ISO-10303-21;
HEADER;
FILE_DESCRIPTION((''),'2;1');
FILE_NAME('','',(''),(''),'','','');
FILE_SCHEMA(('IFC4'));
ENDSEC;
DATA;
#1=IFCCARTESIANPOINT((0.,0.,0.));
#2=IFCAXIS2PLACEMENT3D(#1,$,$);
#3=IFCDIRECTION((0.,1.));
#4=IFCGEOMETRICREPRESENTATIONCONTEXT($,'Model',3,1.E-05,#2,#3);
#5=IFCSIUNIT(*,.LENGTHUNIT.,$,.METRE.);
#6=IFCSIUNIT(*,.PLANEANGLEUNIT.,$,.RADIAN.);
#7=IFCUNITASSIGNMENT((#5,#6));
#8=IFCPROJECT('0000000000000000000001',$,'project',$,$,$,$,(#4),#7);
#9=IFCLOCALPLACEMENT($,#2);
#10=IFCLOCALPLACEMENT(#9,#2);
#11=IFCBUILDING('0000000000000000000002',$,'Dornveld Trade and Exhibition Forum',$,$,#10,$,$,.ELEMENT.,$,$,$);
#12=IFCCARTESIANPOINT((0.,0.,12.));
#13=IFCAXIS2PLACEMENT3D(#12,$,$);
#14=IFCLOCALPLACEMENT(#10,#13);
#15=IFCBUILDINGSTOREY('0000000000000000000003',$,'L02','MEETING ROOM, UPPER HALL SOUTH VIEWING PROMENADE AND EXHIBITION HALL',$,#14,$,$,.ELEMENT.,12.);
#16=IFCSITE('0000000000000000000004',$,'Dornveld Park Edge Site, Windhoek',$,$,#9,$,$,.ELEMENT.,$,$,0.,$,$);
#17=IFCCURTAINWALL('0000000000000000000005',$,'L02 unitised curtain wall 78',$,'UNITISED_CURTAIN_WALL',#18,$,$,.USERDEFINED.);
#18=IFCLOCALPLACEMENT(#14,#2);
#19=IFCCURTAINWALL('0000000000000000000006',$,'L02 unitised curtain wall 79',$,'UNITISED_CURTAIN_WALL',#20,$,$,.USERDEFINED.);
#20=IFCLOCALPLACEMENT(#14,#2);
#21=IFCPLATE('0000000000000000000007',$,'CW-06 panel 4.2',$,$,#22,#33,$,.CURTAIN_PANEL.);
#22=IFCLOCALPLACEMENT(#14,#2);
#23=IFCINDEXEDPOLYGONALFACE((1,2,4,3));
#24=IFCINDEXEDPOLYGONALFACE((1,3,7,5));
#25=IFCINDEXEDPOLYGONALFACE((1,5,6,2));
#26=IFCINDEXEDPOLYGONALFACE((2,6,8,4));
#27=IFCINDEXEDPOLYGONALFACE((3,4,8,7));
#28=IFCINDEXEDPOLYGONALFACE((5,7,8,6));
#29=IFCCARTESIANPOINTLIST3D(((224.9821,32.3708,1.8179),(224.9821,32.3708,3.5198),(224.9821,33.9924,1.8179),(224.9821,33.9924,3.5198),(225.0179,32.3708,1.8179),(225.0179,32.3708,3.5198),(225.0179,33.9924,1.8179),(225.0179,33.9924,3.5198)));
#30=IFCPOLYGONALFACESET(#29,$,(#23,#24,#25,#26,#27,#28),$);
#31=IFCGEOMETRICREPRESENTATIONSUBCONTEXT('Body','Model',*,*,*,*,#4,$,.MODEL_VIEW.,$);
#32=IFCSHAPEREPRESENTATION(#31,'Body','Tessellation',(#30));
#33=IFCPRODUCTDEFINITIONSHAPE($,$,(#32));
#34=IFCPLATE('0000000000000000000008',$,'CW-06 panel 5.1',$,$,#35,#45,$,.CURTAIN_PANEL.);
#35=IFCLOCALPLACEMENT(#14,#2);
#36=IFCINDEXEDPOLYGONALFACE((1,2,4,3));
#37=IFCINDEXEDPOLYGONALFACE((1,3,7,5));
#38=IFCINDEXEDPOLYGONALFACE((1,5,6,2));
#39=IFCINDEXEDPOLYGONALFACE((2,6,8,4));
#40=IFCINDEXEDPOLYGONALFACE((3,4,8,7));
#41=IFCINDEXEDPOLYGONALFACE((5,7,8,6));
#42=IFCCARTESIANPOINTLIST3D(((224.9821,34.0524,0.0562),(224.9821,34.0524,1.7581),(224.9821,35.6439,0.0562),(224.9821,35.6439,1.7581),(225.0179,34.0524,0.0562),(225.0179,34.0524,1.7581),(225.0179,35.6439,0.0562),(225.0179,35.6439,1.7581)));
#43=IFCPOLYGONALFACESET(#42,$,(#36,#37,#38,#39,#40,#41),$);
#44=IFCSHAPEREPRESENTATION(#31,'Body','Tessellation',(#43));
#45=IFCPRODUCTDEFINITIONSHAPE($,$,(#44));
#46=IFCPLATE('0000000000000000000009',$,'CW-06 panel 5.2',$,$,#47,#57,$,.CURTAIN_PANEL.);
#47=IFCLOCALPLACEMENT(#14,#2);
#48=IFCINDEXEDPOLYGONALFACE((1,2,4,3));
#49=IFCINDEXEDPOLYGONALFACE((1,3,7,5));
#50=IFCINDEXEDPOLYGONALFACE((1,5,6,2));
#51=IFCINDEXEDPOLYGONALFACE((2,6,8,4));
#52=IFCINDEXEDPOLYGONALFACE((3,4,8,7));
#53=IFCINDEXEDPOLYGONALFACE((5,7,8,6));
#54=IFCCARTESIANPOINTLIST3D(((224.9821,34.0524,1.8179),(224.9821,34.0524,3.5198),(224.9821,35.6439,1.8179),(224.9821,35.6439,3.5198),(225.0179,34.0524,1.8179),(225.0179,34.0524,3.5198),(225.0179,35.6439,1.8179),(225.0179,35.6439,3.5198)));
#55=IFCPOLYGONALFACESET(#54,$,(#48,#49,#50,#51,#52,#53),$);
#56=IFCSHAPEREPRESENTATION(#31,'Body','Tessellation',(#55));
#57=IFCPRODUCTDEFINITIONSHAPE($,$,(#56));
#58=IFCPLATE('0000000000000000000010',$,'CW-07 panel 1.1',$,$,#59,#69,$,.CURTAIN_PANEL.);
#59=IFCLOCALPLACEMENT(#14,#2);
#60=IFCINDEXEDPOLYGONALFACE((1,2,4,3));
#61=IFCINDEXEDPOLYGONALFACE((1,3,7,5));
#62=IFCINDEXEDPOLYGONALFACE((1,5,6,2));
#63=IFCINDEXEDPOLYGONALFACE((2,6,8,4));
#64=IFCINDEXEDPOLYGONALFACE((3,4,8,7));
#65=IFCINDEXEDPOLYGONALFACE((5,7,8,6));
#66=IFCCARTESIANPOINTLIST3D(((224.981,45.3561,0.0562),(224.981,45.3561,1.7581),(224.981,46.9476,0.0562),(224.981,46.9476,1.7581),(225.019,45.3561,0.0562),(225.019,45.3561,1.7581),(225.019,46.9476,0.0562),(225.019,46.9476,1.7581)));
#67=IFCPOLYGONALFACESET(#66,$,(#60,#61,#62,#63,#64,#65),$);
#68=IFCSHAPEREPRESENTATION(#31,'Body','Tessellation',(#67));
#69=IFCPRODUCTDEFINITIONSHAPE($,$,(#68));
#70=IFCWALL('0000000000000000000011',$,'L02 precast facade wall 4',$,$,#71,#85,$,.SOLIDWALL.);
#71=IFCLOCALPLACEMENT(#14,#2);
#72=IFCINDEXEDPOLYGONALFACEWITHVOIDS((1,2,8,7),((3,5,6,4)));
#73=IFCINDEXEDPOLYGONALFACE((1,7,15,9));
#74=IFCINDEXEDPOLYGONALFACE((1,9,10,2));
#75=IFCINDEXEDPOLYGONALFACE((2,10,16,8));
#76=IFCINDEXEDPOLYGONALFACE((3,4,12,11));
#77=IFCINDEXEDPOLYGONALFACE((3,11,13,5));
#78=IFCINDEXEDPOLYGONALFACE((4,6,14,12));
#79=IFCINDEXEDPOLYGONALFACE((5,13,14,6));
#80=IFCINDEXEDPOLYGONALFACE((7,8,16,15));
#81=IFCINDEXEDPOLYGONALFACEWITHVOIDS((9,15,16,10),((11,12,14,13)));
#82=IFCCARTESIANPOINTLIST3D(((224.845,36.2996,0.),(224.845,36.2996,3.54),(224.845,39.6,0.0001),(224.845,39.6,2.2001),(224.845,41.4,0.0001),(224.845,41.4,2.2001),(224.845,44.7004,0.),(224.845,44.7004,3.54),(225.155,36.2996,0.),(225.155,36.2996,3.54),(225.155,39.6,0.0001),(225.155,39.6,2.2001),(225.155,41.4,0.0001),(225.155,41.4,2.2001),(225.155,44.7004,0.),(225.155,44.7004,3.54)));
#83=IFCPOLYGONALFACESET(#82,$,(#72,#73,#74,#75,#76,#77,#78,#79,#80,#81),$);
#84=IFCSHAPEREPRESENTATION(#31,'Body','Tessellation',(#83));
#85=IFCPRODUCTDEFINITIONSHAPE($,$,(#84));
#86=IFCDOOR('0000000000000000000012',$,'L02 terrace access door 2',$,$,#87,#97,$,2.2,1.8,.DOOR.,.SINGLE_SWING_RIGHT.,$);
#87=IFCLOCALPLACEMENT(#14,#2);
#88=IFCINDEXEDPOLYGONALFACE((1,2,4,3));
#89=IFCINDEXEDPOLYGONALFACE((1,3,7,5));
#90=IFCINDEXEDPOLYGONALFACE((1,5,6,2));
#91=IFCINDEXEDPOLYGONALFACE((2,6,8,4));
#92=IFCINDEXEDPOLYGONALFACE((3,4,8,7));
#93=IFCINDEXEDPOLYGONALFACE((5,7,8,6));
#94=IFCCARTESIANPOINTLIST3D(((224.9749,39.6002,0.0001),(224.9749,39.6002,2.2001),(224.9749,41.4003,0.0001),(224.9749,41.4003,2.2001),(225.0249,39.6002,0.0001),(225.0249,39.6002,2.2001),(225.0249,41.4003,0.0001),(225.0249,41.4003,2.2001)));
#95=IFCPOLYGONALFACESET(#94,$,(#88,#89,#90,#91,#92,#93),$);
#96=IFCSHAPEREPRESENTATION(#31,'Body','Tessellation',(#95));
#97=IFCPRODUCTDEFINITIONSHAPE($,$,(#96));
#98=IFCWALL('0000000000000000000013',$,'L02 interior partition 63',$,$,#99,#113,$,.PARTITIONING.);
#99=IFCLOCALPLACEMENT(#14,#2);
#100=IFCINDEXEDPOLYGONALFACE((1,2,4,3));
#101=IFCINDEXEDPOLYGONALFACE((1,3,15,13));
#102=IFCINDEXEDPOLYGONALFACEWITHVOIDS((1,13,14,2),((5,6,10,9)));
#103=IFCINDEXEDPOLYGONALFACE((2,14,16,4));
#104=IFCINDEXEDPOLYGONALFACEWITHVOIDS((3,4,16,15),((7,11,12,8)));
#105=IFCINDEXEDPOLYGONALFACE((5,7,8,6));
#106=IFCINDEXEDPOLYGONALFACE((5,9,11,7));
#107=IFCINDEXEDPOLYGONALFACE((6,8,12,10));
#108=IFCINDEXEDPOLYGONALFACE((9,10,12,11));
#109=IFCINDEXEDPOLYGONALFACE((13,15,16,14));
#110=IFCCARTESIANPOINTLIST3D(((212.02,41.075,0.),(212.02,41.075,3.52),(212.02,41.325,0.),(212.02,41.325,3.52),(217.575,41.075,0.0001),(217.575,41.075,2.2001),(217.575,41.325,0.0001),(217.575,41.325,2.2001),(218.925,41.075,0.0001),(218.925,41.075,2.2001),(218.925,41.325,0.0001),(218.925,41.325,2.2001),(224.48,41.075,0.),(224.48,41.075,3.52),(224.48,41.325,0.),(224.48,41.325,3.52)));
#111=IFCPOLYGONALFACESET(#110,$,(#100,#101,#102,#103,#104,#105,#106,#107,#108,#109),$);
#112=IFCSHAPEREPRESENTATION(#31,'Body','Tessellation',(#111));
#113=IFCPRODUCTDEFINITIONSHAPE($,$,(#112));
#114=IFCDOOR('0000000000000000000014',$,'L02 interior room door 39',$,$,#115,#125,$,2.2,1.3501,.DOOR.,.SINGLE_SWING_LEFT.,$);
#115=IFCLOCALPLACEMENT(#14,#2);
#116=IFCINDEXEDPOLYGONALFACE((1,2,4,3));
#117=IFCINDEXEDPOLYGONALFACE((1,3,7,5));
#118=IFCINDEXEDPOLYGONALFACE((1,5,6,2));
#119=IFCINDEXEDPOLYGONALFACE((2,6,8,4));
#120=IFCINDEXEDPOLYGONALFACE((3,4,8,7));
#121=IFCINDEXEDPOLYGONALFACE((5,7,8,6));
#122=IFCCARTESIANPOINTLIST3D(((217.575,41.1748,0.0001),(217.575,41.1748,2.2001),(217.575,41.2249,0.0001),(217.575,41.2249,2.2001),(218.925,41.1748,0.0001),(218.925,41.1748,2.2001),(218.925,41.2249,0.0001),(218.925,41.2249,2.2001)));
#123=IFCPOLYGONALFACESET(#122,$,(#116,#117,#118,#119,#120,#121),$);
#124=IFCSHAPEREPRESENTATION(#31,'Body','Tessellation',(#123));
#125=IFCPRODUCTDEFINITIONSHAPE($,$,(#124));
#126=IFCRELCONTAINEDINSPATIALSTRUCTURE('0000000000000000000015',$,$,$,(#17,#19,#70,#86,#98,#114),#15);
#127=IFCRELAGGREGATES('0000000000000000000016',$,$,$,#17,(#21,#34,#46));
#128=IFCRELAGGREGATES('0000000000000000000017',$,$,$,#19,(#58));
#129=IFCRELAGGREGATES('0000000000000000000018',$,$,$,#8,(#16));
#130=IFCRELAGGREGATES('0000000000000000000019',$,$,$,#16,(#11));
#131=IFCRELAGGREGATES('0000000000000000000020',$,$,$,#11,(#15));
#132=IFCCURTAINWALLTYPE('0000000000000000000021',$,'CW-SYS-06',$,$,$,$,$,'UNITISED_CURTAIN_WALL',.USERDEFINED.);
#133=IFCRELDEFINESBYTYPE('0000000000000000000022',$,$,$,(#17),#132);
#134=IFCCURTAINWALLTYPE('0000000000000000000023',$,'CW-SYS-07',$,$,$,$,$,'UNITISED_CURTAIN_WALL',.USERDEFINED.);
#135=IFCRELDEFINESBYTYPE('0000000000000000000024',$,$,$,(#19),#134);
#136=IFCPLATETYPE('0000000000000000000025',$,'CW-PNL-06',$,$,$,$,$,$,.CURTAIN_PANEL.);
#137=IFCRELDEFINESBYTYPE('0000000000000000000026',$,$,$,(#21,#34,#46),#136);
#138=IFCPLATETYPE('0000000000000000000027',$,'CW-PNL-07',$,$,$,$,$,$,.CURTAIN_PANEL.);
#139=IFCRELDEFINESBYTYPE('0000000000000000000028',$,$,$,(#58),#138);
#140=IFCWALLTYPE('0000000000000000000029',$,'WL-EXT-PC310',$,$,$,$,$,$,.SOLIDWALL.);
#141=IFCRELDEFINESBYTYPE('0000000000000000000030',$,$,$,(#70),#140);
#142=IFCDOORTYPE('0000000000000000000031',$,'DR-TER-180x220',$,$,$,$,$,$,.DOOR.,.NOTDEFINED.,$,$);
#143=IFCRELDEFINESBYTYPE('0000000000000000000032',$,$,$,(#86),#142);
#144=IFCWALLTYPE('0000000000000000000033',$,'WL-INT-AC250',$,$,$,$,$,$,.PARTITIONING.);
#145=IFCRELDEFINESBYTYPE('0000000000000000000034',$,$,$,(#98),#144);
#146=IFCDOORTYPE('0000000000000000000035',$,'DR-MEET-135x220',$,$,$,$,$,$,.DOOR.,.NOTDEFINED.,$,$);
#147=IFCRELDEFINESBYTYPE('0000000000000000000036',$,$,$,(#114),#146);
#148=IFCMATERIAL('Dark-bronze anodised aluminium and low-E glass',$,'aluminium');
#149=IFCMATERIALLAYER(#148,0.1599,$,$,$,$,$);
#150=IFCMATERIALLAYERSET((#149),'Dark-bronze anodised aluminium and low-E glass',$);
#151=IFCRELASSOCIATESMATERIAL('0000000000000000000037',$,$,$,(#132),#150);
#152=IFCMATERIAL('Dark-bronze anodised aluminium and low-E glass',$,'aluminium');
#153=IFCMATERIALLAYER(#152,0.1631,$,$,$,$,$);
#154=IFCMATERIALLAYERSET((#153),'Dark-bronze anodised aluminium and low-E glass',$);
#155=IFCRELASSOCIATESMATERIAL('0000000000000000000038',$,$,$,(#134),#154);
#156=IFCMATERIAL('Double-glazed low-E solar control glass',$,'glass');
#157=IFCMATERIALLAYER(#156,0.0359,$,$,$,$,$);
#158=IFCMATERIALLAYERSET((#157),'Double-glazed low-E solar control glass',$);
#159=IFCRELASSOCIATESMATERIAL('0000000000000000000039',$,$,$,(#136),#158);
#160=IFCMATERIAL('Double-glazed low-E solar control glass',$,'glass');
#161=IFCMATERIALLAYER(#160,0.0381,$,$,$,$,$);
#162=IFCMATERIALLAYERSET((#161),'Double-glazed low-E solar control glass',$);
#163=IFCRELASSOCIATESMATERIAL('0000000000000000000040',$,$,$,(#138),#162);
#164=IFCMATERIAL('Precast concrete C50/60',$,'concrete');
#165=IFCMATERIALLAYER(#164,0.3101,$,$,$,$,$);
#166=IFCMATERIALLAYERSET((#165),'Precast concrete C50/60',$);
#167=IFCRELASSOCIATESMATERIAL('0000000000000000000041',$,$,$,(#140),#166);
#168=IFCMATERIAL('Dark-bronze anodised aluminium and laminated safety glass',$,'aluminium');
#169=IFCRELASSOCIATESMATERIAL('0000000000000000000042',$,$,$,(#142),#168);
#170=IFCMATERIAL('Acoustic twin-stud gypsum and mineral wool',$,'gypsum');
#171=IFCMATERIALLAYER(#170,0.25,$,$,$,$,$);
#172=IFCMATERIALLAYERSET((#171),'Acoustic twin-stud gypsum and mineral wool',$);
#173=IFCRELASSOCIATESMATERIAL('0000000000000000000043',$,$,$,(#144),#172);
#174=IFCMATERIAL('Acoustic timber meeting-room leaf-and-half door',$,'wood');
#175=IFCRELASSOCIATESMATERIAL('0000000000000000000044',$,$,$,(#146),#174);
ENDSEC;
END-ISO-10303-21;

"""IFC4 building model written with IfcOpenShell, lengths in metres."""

from ifc_helpers import new_model, si_unit, direction, frame, frame_2d, origin, origin_2d, place, context, subcontext, project, spatial, rectangle, extrude, material, layer, layer_set, type_object, element, fill, aggregate, save


model = new_model("IFC4")

# Units and contexts
model_context = context("Model", 3, precision=1e-05, world=origin(), true_north=direction((0.0, 1.0)))
body_context = subcontext(model_context, "Body", "Model", "MODEL_VIEW")
ifc_project = project(units=[si_unit("LENGTHUNIT", "METRE"), si_unit("PLANEANGLEUNIT", "RADIAN")], contexts=[model_context])

# Site, building, storey
site_placement = place(None, origin())
site = spatial("IfcSite", under=ifc_project, at=site_placement, Name="Dornveld Park Edge Site, Windhoek", CompositionType="ELEMENT", RefElevation=0.0)
building_placement = place(site_placement, origin())
building = spatial("IfcBuilding", under=site, at=building_placement, Name="Dornveld Trade and Exhibition Forum", CompositionType="ELEMENT")
storey_placement = place(building_placement, frame((0.0, 0.0, 12.0)))
storey = spatial("IfcBuildingStorey", under=building, at=storey_placement, Name="L02", Description="MEETING ROOM, UPPER HALL SOUTH VIEWING PROMENADE AND EXHIBITION HALL", CompositionType="ELEMENT", Elevation=12.0)

# Curtain wall
ifc_material_1 = material(Name="Dark-bronze anodised aluminium and low-E glass", Category="aluminium")
ifc_layer_1 = layer(ifc_material_1, 0.1599)
ifc_layer_set_1 = layer_set([ifc_layer_1], Name="Dark-bronze anodised aluminium and low-E glass")
curtain_wall_type_1 = type_object("IfcCurtainWallType", Name="CW-SYS-06", ElementType="UNITISED_CURTAIN_WALL", PredefinedType="USERDEFINED", material=ifc_layer_set_1)
curtain_wall_1_placement = place(storey_placement, origin())
curtain_wall_1 = element("IfcCurtainWall", 1, at=curtain_wall_1_placement, inside=storey, type_object=curtain_wall_type_1, Name="L02 unitised curtain wall 78", ObjectType="UNITISED_CURTAIN_WALL", PredefinedType="USERDEFINED")

# Curtain wall
ifc_material_2 = material(Name="Dark-bronze anodised aluminium and low-E glass", Category="aluminium")
ifc_layer_2 = layer(ifc_material_2, 0.1631)
ifc_layer_set_2 = layer_set([ifc_layer_2], Name="Dark-bronze anodised aluminium and low-E glass")
curtain_wall_type_2 = type_object("IfcCurtainWallType", Name="CW-SYS-07", ElementType="UNITISED_CURTAIN_WALL", PredefinedType="USERDEFINED", material=ifc_layer_set_2)
curtain_wall_2_placement = place(storey_placement, origin())
curtain_wall_2 = element("IfcCurtainWall", 2, at=curtain_wall_2_placement, inside=storey, type_object=curtain_wall_type_2, Name="L02 unitised curtain wall 79", ObjectType="UNITISED_CURTAIN_WALL", PredefinedType="USERDEFINED")

# Plates
ifc_material_3 = material(Name="Double-glazed low-E solar control glass", Category="glass")
ifc_layer_3 = layer(ifc_material_3, 0.0359)
ifc_layer_set_3 = layer_set([ifc_layer_3], Name="Double-glazed low-E solar control glass")
plate_type_1 = type_object("IfcPlateType", Name="CW-PNL-06", PredefinedType="CURTAIN_PANEL", material=ifc_layer_set_3)
plate_1_placement = place(storey_placement, frame((225.0, 33.1816, 1.8179), z_axis=(0.0, 0.0, 1.0), x_axis=(0.0, 1.0, 0.0)))
plate_1 = element("IfcPlate", 3, at=plate_1_placement, type_object=plate_type_1, Name="CW-06 panel 4.2", PredefinedType="CURTAIN_PANEL", context=body_context, shape_type="SweptSolid", body=[
    extrude(rectangle(XDim=1.6216, YDim=0.0359, at=origin_2d()), origin(), (0.0, 0.0, 1.0), 1.7019),
])
plate_2_placement = place(storey_placement, frame((225.0, 34.8481, 0.0562), z_axis=(0.0, 0.0, 1.0), x_axis=(0.0, 1.0, 0.0)))
plate_2 = element("IfcPlate", 4, at=plate_2_placement, type_object=plate_type_1, Name="CW-06 panel 5.1", PredefinedType="CURTAIN_PANEL", context=body_context, shape_type="SweptSolid", body=[
    extrude(rectangle(XDim=1.5916, YDim=0.0359, at=origin_2d()), origin(), (0.0, 0.0, 1.0), 1.7019),
])
plate_3_placement = place(storey_placement, frame((225.0, 34.8481, 1.8179), z_axis=(0.0, 0.0, 1.0), x_axis=(0.0, 1.0, 0.0)))
plate_3 = element("IfcPlate", 5, at=plate_3_placement, type_object=plate_type_1, Name="CW-06 panel 5.2", PredefinedType="CURTAIN_PANEL", context=body_context, shape_type="SweptSolid", body=[
    extrude(rectangle(XDim=1.5916, YDim=0.0359, at=origin_2d()), origin(), (0.0, 0.0, 1.0), 1.7019),
])
aggregate(curtain_wall_1, [plate_1, plate_2, plate_3])
ifc_material_4 = material(Name="Double-glazed low-E solar control glass", Category="glass")
ifc_layer_4 = layer(ifc_material_4, 0.0381)
ifc_layer_set_4 = layer_set([ifc_layer_4], Name="Double-glazed low-E solar control glass")
plate_type_2 = type_object("IfcPlateType", Name="CW-PNL-07", PredefinedType="CURTAIN_PANEL", material=ifc_layer_set_4)
plate_4_placement = place(storey_placement, frame((225.0, 46.1519, 0.0562), z_axis=(0.0, 0.0, 1.0), x_axis=(0.0, 1.0, 0.0)))
plate_4 = element("IfcPlate", 6, at=plate_4_placement, type_object=plate_type_2, Name="CW-07 panel 1.1", PredefinedType="CURTAIN_PANEL", context=body_context, shape_type="SweptSolid", body=[
    extrude(rectangle(XDim=1.5916, YDim=0.0381, at=origin_2d()), origin(), (0.0, 0.0, 1.0), 1.7019),
])
aggregate(curtain_wall_2, [plate_4])

# Walls, openings, doors
ifc_material_5 = material(Name="Precast concrete C50/60", Category="concrete")
ifc_layer_5 = layer(ifc_material_5, 0.3101)
ifc_layer_set_5 = layer_set([ifc_layer_5], Name="Precast concrete C50/60")
wall_type_1 = type_object("IfcWallType", Name="WL-EXT-PC310", PredefinedType="SOLIDWALL", material=ifc_layer_set_5)
wall_1_placement = place(storey_placement, frame((225.0, 36.2996, 0.0), z_axis=(0.0, 0.0, 1.0), x_axis=(0.0, 1.0, 0.0)))
wall_1 = element("IfcWall", 7, at=wall_1_placement, inside=storey, type_object=wall_type_1, Name="L02 precast facade wall 4", PredefinedType="SOLIDWALL", context=body_context, shape_type="SweptSolid", body=[
    extrude(rectangle(XDim=8.4009, YDim=0.3101, at=frame_2d((4.2004, 0.0))), origin(), (0.0, 0.0, 1.0), 3.54),
])
opening_1_placement = place(wall_1_placement, frame((3.3005, 0.0, 0.0)))
opening_1 = element("IfcOpeningElement", 8, at=opening_1_placement, cuts=wall_1, PredefinedType="OPENING", context=body_context, shape_type="SweptSolid", body=[
    extrude(rectangle(XDim=1.8, YDim=2.2, at=frame_2d((0.8999, 1.1001))), frame((0.0, 0.165, 0.0), z_axis=(0.0, -1.0, 0.0), x_axis=(1.0, 0.0, 0.0)), (0.0, 0.0, 1.0), 0.3301),
])
ifc_material_6 = material(Name="Dark-bronze anodised aluminium and laminated safety glass", Category="aluminium")
door_type_1 = type_object("IfcDoorType", Name="DR-TER-180x220", OperationType="NOTDEFINED", PredefinedType="DOOR", material=ifc_material_6)
door_1_placement = place(opening_1_placement, frame((1.8, 0.0, 0.0), z_axis=(0.0, 0.0, 1.0), x_axis=(-1.0, 0.0, 0.0)))
door_1 = element("IfcDoor", 9, at=door_1_placement, inside=storey, type_object=door_type_1, Name="L02 terrace access door 2", OperationType="SINGLE_SWING_RIGHT", OverallHeight=2.2, OverallWidth=1.8, PredefinedType="DOOR", context=body_context, shape_type="SweptSolid", body=[
    extrude(rectangle(XDim=1.8, YDim=2.2, at=frame_2d((0.8999, 1.1001))), frame((0.0, 0.0249, 0.0), z_axis=(0.0, -1.0, 0.0), x_axis=(1.0, 0.0, 0.0)), (0.0, 0.0, 1.0), 0.05),
])
fill(opening_1, door_1)
ifc_material_7 = material(Name="Acoustic twin-stud gypsum and mineral wool", Category="gypsum")
ifc_layer_6 = layer(ifc_material_7, 0.25)
ifc_layer_set_6 = layer_set([ifc_layer_6], Name="Acoustic twin-stud gypsum and mineral wool")
wall_type_2 = type_object("IfcWallType", Name="WL-INT-AC250", PredefinedType="PARTITIONING", material=ifc_layer_set_6)
wall_2_placement = place(storey_placement, frame((212.02, 41.2, 0.0), z_axis=(0.0, 0.0, 1.0), x_axis=(1.0, 0.0, 0.0)))
wall_2 = element("IfcWall", 10, at=wall_2_placement, inside=storey, type_object=wall_type_2, Name="L02 interior partition 63", PredefinedType="PARTITIONING", context=body_context, shape_type="SweptSolid", body=[
    extrude(rectangle(XDim=12.46, YDim=0.25, at=frame_2d((6.23, 0.0))), origin(), (0.0, 0.0, 1.0), 3.52),
])
opening_2_placement = place(wall_2_placement, frame((5.5549, 0.0, 0.0)))
opening_2 = element("IfcOpeningElement", 11, at=opening_2_placement, cuts=wall_2, PredefinedType="OPENING", context=body_context, shape_type="SweptSolid", body=[
    extrude(rectangle(XDim=1.3501, YDim=2.2, at=frame_2d((0.675, 1.1001))), frame((0.0, 0.135, 0.0), z_axis=(0.0, -1.0, 0.0), x_axis=(1.0, 0.0, 0.0)), (0.0, 0.0, 1.0), 0.27),
])
ifc_material_8 = material(Name="Acoustic timber meeting-room leaf-and-half door", Category="wood")
door_type_2 = type_object("IfcDoorType", Name="DR-MEET-135x220", OperationType="NOTDEFINED", PredefinedType="DOOR", material=ifc_material_8)
door_2_placement = place(opening_2_placement, origin())
door_2 = element("IfcDoor", 12, at=door_2_placement, inside=storey, type_object=door_type_2, Name="L02 interior room door 39", OperationType="SINGLE_SWING_LEFT", OverallHeight=2.2, OverallWidth=1.3501, PredefinedType="DOOR", context=body_context, shape_type="SweptSolid", body=[
    extrude(rectangle(XDim=1.3501, YDim=2.2, at=frame_2d((0.675, 1.1001))), frame((0.0, 0.0249, 0.0), z_axis=(0.0, -1.0, 0.0), x_axis=(1.0, 0.0, 0.0)), (0.0, 0.0, 1.0), 0.05),
])
fill(opening_2, door_2)

save(model, "model.ifc")
